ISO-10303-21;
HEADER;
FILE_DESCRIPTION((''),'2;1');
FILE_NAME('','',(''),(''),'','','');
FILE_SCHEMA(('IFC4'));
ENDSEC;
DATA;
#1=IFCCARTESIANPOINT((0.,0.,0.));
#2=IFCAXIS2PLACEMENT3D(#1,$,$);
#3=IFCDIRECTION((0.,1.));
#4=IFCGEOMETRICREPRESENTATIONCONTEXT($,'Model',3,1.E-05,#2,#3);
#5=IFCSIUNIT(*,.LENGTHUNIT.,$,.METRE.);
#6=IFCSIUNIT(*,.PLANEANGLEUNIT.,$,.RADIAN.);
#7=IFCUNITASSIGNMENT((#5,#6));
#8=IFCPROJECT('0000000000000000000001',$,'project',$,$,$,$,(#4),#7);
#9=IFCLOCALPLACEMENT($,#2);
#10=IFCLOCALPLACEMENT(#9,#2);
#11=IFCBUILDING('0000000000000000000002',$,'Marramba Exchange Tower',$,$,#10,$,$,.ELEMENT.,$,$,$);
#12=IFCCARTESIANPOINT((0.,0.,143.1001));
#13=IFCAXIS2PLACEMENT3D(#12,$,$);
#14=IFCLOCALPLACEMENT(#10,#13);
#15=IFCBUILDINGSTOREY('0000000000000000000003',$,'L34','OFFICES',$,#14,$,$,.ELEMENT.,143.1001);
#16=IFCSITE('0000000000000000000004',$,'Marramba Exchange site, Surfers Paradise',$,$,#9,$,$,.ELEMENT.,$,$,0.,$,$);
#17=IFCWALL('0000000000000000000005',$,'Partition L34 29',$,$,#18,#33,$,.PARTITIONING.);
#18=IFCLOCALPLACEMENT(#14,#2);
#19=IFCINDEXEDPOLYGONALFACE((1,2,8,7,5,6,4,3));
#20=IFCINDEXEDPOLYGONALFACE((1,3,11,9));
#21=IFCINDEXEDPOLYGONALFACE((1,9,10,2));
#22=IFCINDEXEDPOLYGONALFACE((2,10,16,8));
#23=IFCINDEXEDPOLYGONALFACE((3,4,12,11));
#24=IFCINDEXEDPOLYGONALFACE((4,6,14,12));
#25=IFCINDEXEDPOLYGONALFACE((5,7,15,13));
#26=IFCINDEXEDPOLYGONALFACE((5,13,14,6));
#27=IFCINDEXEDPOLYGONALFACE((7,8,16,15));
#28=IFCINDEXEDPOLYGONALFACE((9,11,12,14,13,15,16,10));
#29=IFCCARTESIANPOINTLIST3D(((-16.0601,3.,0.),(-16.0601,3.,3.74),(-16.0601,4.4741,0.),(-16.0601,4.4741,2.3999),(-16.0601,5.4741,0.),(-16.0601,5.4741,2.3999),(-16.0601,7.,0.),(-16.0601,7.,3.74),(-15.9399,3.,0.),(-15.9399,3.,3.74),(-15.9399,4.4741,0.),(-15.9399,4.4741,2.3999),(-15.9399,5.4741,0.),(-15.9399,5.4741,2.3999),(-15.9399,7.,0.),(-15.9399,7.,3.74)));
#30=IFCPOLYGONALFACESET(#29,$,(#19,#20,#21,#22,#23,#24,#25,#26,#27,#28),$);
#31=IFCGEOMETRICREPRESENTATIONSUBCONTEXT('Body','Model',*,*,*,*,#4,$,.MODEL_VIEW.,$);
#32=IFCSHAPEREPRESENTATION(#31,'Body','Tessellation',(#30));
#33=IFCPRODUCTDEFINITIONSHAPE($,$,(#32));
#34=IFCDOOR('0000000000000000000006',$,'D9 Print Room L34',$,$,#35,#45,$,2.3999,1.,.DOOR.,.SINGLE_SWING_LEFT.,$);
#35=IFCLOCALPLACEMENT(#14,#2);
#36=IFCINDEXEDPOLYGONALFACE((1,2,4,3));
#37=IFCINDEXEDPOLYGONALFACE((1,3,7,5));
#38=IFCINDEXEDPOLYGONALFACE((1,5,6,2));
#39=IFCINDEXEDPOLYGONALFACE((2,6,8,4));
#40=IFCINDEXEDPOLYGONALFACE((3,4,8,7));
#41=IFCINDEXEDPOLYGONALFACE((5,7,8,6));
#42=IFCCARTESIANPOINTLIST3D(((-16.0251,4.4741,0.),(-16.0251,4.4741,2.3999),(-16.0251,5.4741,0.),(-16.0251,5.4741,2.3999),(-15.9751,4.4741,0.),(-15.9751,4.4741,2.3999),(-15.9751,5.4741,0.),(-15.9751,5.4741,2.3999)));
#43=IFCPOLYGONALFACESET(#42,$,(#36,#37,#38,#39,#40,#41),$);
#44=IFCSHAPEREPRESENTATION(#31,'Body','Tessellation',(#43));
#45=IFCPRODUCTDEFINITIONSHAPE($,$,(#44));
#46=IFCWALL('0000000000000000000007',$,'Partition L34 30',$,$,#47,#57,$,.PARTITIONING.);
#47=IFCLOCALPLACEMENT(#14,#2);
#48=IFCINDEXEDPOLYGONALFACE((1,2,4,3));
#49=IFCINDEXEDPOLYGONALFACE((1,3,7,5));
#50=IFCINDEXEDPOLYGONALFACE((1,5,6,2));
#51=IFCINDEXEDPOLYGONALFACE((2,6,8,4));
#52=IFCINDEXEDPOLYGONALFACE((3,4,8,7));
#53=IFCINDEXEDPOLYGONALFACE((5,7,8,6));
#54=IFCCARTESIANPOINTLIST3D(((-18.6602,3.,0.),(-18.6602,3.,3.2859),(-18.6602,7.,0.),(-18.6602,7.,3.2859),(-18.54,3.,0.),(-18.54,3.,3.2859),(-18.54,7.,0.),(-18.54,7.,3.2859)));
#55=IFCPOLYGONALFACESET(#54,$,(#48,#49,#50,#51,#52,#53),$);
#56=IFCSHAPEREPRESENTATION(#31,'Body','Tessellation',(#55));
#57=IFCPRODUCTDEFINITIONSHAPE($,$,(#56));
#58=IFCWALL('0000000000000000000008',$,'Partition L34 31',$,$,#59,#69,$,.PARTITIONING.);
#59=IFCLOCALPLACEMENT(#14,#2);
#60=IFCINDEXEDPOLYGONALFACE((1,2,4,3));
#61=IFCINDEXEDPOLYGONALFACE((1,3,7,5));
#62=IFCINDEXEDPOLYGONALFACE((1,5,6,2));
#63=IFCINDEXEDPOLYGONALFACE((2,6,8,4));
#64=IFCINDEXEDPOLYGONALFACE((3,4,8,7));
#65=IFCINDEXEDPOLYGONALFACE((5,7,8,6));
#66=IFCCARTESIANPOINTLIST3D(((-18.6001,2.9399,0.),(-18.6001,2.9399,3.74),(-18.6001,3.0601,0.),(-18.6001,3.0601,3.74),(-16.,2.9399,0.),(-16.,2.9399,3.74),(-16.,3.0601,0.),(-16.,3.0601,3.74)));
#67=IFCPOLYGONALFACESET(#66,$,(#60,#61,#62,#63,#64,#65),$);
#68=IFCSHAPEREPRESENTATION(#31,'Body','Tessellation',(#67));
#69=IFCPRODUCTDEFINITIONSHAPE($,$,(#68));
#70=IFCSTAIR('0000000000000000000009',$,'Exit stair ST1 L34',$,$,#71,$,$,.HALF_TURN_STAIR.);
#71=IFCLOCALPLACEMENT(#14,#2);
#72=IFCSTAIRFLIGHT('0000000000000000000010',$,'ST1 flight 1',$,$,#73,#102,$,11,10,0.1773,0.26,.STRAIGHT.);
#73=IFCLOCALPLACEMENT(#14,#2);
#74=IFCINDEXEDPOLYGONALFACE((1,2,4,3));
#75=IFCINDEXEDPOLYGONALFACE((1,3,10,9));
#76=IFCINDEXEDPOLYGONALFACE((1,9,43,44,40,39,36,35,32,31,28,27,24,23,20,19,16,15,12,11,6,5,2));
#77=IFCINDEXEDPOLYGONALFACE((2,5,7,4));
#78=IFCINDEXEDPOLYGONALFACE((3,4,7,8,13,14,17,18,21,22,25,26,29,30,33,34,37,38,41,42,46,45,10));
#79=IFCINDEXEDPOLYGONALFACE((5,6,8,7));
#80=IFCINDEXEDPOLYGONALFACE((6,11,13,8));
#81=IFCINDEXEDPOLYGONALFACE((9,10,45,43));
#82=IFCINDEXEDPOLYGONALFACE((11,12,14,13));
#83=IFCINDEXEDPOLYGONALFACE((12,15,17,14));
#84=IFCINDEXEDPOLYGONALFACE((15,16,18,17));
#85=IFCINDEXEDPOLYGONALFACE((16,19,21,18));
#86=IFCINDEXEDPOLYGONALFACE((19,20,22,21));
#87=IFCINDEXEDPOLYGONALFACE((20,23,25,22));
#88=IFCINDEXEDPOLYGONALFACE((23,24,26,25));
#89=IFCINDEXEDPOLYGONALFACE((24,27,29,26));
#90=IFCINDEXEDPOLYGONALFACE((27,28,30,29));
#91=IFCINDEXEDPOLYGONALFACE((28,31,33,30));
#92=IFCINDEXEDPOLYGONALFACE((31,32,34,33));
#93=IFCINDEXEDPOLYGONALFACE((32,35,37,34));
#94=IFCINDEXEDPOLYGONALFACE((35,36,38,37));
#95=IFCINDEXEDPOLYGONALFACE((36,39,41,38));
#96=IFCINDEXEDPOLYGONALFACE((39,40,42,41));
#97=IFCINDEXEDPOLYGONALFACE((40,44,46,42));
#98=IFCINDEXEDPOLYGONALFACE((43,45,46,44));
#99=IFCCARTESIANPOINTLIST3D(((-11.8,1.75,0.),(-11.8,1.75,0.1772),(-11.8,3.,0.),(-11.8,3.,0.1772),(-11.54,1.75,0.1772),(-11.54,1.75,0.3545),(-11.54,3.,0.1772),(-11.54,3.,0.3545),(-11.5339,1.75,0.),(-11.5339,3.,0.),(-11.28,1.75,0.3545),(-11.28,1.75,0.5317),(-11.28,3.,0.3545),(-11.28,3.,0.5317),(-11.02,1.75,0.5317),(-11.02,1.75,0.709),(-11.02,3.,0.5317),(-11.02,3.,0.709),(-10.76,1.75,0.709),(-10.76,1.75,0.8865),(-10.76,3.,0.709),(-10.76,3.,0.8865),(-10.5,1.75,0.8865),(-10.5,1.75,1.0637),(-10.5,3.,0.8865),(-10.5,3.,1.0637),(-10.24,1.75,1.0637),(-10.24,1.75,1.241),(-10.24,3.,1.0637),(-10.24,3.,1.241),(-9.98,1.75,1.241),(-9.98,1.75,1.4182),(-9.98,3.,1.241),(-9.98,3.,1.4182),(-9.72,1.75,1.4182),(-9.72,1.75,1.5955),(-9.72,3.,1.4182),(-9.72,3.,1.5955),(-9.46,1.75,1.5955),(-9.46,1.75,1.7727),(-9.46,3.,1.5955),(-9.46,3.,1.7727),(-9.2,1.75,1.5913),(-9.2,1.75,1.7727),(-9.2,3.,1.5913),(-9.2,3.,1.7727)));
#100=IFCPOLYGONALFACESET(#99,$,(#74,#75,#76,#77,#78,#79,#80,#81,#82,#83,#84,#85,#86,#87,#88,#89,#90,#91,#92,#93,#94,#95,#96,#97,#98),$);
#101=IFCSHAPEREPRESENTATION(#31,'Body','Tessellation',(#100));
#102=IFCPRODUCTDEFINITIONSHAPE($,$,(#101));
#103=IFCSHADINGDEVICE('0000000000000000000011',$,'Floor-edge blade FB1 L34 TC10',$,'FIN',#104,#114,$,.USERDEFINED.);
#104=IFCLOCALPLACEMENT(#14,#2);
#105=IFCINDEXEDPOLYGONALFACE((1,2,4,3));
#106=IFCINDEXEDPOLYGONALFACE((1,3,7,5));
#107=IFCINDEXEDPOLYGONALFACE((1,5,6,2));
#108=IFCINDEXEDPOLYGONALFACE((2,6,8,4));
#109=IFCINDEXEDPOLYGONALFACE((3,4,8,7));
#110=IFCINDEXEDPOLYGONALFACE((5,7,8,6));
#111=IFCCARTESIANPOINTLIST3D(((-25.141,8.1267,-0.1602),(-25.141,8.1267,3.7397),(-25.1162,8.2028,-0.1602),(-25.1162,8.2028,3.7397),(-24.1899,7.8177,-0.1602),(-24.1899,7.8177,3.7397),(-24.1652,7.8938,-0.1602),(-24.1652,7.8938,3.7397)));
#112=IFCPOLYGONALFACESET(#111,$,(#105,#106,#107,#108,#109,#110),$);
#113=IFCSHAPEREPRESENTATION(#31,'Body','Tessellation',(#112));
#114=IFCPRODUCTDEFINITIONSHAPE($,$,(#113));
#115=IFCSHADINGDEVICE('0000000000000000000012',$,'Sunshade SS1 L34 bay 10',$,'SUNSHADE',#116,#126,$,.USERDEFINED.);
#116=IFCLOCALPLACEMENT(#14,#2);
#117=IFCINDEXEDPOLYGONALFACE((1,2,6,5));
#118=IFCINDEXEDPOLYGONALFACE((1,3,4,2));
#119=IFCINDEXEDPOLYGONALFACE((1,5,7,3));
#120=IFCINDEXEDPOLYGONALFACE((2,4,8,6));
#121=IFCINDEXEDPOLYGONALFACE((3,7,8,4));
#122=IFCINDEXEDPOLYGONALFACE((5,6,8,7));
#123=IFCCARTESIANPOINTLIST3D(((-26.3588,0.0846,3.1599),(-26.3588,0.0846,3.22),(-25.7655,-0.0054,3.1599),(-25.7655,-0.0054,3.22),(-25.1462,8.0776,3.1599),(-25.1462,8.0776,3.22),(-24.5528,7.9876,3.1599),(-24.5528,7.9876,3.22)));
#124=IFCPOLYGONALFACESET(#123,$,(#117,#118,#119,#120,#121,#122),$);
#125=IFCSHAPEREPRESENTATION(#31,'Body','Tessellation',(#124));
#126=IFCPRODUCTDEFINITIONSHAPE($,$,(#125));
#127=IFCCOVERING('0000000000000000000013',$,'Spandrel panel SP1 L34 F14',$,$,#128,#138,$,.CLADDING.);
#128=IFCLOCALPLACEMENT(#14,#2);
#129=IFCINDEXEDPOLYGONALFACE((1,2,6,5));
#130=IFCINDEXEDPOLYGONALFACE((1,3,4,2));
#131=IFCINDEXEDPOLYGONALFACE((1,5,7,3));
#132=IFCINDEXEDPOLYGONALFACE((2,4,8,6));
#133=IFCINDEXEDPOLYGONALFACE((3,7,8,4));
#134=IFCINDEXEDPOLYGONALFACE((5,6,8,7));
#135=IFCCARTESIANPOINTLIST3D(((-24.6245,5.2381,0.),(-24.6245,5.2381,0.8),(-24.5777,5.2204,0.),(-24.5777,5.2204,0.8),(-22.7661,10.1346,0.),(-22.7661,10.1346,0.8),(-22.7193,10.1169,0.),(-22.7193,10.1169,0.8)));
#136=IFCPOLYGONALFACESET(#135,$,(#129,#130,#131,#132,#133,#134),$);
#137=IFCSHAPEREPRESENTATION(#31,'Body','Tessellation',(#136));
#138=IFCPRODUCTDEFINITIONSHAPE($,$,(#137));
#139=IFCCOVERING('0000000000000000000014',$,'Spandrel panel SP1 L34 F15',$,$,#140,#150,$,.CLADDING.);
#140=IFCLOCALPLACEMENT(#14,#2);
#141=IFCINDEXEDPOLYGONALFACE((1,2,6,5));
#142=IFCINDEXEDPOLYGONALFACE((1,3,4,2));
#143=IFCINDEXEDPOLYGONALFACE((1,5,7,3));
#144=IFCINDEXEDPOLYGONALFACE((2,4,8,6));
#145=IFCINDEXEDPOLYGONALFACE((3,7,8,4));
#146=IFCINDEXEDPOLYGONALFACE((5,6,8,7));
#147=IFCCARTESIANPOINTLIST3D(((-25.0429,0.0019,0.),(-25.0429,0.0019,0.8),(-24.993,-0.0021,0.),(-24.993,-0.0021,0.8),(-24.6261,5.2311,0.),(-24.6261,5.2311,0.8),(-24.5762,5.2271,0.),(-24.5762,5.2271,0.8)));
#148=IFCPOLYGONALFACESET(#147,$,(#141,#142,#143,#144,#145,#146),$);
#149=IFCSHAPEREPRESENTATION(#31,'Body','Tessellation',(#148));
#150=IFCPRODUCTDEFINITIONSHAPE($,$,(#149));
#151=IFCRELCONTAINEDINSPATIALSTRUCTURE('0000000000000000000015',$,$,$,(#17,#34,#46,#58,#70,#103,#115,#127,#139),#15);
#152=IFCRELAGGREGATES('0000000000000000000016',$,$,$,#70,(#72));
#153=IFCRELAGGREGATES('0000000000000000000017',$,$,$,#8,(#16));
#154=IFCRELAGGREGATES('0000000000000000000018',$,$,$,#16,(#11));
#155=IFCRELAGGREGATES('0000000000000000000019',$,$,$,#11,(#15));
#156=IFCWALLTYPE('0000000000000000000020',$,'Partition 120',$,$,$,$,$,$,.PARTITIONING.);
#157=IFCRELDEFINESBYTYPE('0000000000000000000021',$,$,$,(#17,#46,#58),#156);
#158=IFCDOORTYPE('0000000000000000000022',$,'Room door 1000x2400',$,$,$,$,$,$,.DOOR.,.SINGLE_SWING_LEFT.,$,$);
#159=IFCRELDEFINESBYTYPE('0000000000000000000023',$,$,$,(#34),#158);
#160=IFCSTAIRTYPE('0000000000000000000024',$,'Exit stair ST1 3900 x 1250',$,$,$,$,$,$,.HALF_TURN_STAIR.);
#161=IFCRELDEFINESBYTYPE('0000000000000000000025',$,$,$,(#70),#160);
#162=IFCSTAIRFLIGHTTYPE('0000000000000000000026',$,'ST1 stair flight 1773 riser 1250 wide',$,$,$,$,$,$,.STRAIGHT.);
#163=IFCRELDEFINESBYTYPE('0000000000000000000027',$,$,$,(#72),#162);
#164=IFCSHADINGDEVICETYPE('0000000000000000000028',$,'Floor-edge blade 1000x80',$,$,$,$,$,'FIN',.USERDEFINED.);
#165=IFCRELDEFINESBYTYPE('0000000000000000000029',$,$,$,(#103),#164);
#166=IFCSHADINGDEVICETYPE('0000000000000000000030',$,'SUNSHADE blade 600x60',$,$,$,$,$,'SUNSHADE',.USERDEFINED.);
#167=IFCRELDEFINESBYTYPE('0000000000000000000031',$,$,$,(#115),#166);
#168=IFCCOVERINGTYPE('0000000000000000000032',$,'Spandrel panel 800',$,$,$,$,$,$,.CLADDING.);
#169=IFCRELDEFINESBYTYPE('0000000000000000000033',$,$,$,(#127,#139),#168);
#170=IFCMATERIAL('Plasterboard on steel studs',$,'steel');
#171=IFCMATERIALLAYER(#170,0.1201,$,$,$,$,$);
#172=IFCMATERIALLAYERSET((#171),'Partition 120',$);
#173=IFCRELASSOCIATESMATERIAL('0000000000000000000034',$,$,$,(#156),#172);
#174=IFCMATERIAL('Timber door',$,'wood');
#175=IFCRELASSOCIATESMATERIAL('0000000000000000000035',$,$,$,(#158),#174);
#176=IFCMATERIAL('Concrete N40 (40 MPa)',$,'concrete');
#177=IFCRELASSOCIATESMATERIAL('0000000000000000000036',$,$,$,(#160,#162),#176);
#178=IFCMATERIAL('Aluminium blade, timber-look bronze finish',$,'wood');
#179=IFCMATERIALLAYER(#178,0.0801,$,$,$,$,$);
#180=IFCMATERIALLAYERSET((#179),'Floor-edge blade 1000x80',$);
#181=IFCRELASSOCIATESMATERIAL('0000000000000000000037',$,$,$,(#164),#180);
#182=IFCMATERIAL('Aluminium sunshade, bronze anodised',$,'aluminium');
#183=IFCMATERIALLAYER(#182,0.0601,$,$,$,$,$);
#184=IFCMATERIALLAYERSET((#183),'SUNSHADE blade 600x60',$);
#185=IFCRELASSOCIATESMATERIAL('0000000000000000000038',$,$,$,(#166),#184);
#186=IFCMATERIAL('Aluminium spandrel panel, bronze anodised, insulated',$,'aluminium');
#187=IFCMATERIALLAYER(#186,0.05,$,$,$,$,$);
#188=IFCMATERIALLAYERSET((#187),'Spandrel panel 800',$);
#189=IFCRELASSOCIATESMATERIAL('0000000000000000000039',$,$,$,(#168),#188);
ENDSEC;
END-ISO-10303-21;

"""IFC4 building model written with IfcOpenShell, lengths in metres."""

from ifc_helpers import new_model, si_unit, direction, frame, frame_2d, origin, origin_2d, place, context, subcontext, project, spatial, polyline, rectangle, outline, extrude, material, layer, layer_set, type_object, element, fill, aggregate, save


model = new_model("IFC4")

# Units and contexts
model_context = context("Model", 3, precision=1e-05, world=origin(), true_north=direction((0.0, 1.0)))
body_context = subcontext(model_context, "Body", "Model", "MODEL_VIEW")
ifc_project = project(units=[si_unit("LENGTHUNIT", "METRE"), si_unit("PLANEANGLEUNIT", "RADIAN")], contexts=[model_context])

# Site, building, storey
site_placement = place(None, origin())
site = spatial("IfcSite", under=ifc_project, at=site_placement, Name="Marramba Exchange site, Surfers Paradise", CompositionType="ELEMENT", RefElevation=0.0)
building_placement = place(site_placement, origin())
building = spatial("IfcBuilding", under=site, at=building_placement, Name="Marramba Exchange Tower", CompositionType="ELEMENT")
storey_placement = place(building_placement, frame((0.0, 0.0, 143.1001)))
storey = spatial("IfcBuildingStorey", under=building, at=storey_placement, Name="L34", Description="OFFICES", CompositionType="ELEMENT", Elevation=143.1001)

# Shared definitions
ifc_material_1 = material(Name="Plasterboard on steel studs", Category="steel")
ifc_layer_1 = layer(ifc_material_1, 0.1201)
ifc_layer_set_1 = layer_set([ifc_layer_1], Name="Partition 120")
wall_type_1 = type_object("IfcWallType", Name="Partition 120", PredefinedType="PARTITIONING", material=ifc_layer_set_1)

# Wall, opening, door
wall_1_placement = place(storey_placement, frame((-16.0, 7.0, 0.0), z_axis=(0.0, 0.0, 1.0), x_axis=(0.0, -1.0, 0.0)))
wall_1 = element("IfcWall", 1, at=wall_1_placement, inside=storey, type_object=wall_type_1, Name="Partition L34 29", PredefinedType="PARTITIONING", context=body_context, shape_type="SweptSolid", body=[
    extrude(rectangle(XDim=4.0, YDim=0.1201, at=frame_2d((2.0, 0.0))), origin(), (0.0, 0.0, 1.0), 3.74),
])
opening_1_placement = place(wall_1_placement, frame((1.5259, 0.0, 0.0)))
opening_1 = element("IfcOpeningElement", 2, at=opening_1_placement, cuts=wall_1, PredefinedType="OPENING", context=body_context, shape_type="SweptSolid", body=[
    extrude(rectangle(XDim=1.0, YDim=2.3999, at=frame_2d((0.5, 1.2))), frame((0.0, 0.0701, 0.0), z_axis=(0.0, -1.0, 0.0), x_axis=(1.0, 0.0, 0.0)), (0.0, 0.0, 1.0), 0.1401),
])
ifc_material_2 = material(Name="Timber door", Category="wood")
door_type_1 = type_object("IfcDoorType", Name="Room door 1000x2400", OperationType="SINGLE_SWING_LEFT", PredefinedType="DOOR", material=ifc_material_2)
door_1_placement = place(opening_1_placement, frame((1.0, 0.0, 0.0), z_axis=(0.0, 0.0, 1.0), x_axis=(-1.0, 0.0, 0.0)))
door_1 = element("IfcDoor", 3, at=door_1_placement, inside=storey, type_object=door_type_1, Name="D9 Print Room L34", OperationType="SINGLE_SWING_LEFT", OverallHeight=2.3999, OverallWidth=1.0, PredefinedType="DOOR", context=body_context, shape_type="SweptSolid", body=[
    extrude(rectangle(XDim=1.0, YDim=2.3999, at=frame_2d((0.5, 1.2))), frame((0.0, 0.0251, 0.0), z_axis=(0.0, -1.0, 0.0), x_axis=(1.0, 0.0, 0.0)), (0.0, 0.0, 1.0), 0.05),
])
fill(opening_1, door_1)

# Walls
wall_2_placement = place(storey_placement, frame((-18.6001, 3.0, 0.0), z_axis=(0.0, 0.0, 1.0), x_axis=(0.0, 1.0, 0.0)))
element("IfcWall", 4, at=wall_2_placement, inside=storey, type_object=wall_type_1, Name="Partition L34 30", PredefinedType="PARTITIONING", context=body_context, shape_type="SweptSolid", body=[
    extrude(rectangle(XDim=4.0, YDim=0.1201, at=frame_2d((2.0, 0.0))), origin(), (0.0, 0.0, 1.0), 3.2859),
])
wall_3_placement = place(storey_placement, frame((-16.0, 3.0, 0.0), z_axis=(0.0, 0.0, 1.0), x_axis=(-1.0, 0.0, 0.0)))
element("IfcWall", 5, at=wall_3_placement, inside=storey, type_object=wall_type_1, Name="Partition L34 31", PredefinedType="PARTITIONING", context=body_context, shape_type="SweptSolid", body=[
    extrude(rectangle(XDim=2.6001, YDim=0.1201, at=frame_2d((1.3, 0.0))), origin(), (0.0, 0.0, 1.0), 3.74),
])

# Stair, stair flight
ifc_material_3 = material(Name="Concrete N40 (40 MPa)", Category="concrete")
stair_type = type_object("IfcStairType", Name="Exit stair ST1 3900 x 1250", PredefinedType="HALF_TURN_STAIR", material=ifc_material_3)
stair_placement = place(storey_placement, origin())
stair = element("IfcStair", 6, at=stair_placement, inside=storey, type_object=stair_type, Name="Exit stair ST1 L34", PredefinedType="HALF_TURN_STAIR")
stair_flight_type = type_object("IfcStairFlightType", Name="ST1 stair flight 1773 riser 1250 wide", PredefinedType="STRAIGHT", material=ifc_material_3)
stair_flight_placement = place(storey_placement, frame((-11.8, 2.375, 0.0), z_axis=(0.0, 0.0, 1.0), x_axis=(1.0, 0.0, 0.0)))
stair_flight = element("IfcStairFlight", 7, at=stair_flight_placement, type_object=stair_flight_type, Name="ST1 flight 1", NumberOfRisers=11, NumberOfTreads=10, PredefinedType="STRAIGHT", RiserHeight=0.1773, TreadLength=0.26, context=body_context, shape_type="SweptSolid", body=[
    extrude(outline(polyline([(0.0, 0.0), (0.0, 0.1772), (0.26, 0.1772), (0.26, 0.3545), (0.52, 0.3545), (0.52, 0.5317), (0.78, 0.5317), (0.78, 0.709), (1.04, 0.709), (1.04, 0.8865), (1.3, 0.8865), (1.3, 1.0637), (1.5601, 1.0637), (1.5601, 1.241), (1.8201, 1.241), (1.8201, 1.4182), (2.0801, 1.4182), (2.0801, 1.5955), (2.3401, 1.5955), (2.3401, 1.7727), (2.6001, 1.7727), (2.6001, 1.95), (2.6001, 1.5913), (0.2661, 0.0), (0.0, 0.0)])), frame((0.0, 0.625, 0.0), z_axis=(0.0, -1.0, 0.0), x_axis=(1.0, 0.0, 0.0)), (0.0, 0.0, 1.0), 1.25),
])
aggregate(stair, [stair_flight])

# Shading devices
ifc_material_4 = material(Name="Aluminium blade, timber-look bronze finish", Category="wood")
ifc_layer_2 = layer(ifc_material_4, 0.0801)
ifc_layer_set_2 = layer_set([ifc_layer_2], Name="Floor-edge blade 1000x80")
shading_device_type_1 = type_object("IfcShadingDeviceType", Name="Floor-edge blade 1000x80", ElementType="FIN", PredefinedType="USERDEFINED", material=ifc_layer_set_2)
shading_device_1_placement = place(storey_placement, frame((-24.6531, 8.0103, -0.1602), z_axis=(0.0, 0.0, 1.0), x_axis=(-0.951057, 0.309017, 0.0)))
element("IfcShadingDevice", 8, at=shading_device_1_placement, inside=storey, type_object=shading_device_type_1, Name="Floor-edge blade FB1 L34 TC10", ObjectType="FIN", PredefinedType="USERDEFINED", context=body_context, shape_type="SweptSolid", body=[
    extrude(rectangle(XDim=1.0, YDim=0.0801, at=origin_2d()), origin(), (0.0, 0.0, 1.0), 3.8999),
])
ifc_material_5 = material(Name="Aluminium sunshade, bronze anodised", Category="aluminium")
ifc_layer_3 = layer(ifc_material_5, 0.0601)
ifc_layer_set_3 = layer_set([ifc_layer_3], Name="SUNSHADE blade 600x60")
shading_device_type_2 = type_object("IfcShadingDeviceType", Name="SUNSHADE blade 600x60", ElementType="SUNSHADE", PredefinedType="USERDEFINED", material=ifc_layer_set_3)
shading_device_2_placement = place(storey_placement, frame((-25.4558, 4.0361, 3.1599), z_axis=(0.0, 0.0, 1.0), x_axis=(-0.149993, -0.988687, 0.0)))
element("IfcShadingDevice", 9, at=shading_device_2_placement, inside=storey, type_object=shading_device_type_2, Name="Sunshade SS1 L34 bay 10", ObjectType="SUNSHADE", PredefinedType="USERDEFINED", context=body_context, shape_type="SweptSolid", body=[
    extrude(rectangle(XDim=8.0845, YDim=0.6001, at=origin_2d()), origin(), (0.0, 0.0, 1.0), 0.0601),
])

# Coverings
ifc_material_6 = material(Name="Aluminium spandrel panel, bronze anodised, insulated", Category="aluminium")
ifc_layer_4 = layer(ifc_material_6, 0.05)
ifc_layer_set_4 = layer_set([ifc_layer_4], Name="Spandrel panel 800")
covering_type = type_object("IfcCoveringType", Name="Spandrel panel 800", PredefinedType="CLADDING", material=ifc_layer_set_4)
covering_1_placement = place(storey_placement, frame((-23.6719, 7.6775, 0.0), z_axis=(0.0, 0.0, 1.0), x_axis=(-0.354844, -0.934925, 0.0)))
element("IfcCovering", 10, at=covering_1_placement, inside=storey, type_object=covering_type, Name="Spandrel panel SP1 L34 F14", PredefinedType="CLADDING", context=body_context, shape_type="SweptSolid", body=[
    extrude(rectangle(XDim=5.2373, YDim=0.05, at=origin_2d()), origin(), (0.0, 0.0, 1.0), 0.8),
])
covering_2_placement = place(storey_placement, frame((-24.8096, 2.6145, 0.0), z_axis=(0.0, 0.0, 1.0), x_axis=(-0.07946, -0.996838, 0.0)))
element("IfcCovering", 11, at=covering_2_placement, inside=storey, type_object=covering_type, Name="Spandrel panel SP1 L34 F15", PredefinedType="CLADDING", context=body_context, shape_type="SweptSolid", body=[
    extrude(rectangle(XDim=5.2458, YDim=0.05, at=origin_2d()), origin(), (0.0, 0.0, 1.0), 0.8),
])

save(model, "model.ifc")
